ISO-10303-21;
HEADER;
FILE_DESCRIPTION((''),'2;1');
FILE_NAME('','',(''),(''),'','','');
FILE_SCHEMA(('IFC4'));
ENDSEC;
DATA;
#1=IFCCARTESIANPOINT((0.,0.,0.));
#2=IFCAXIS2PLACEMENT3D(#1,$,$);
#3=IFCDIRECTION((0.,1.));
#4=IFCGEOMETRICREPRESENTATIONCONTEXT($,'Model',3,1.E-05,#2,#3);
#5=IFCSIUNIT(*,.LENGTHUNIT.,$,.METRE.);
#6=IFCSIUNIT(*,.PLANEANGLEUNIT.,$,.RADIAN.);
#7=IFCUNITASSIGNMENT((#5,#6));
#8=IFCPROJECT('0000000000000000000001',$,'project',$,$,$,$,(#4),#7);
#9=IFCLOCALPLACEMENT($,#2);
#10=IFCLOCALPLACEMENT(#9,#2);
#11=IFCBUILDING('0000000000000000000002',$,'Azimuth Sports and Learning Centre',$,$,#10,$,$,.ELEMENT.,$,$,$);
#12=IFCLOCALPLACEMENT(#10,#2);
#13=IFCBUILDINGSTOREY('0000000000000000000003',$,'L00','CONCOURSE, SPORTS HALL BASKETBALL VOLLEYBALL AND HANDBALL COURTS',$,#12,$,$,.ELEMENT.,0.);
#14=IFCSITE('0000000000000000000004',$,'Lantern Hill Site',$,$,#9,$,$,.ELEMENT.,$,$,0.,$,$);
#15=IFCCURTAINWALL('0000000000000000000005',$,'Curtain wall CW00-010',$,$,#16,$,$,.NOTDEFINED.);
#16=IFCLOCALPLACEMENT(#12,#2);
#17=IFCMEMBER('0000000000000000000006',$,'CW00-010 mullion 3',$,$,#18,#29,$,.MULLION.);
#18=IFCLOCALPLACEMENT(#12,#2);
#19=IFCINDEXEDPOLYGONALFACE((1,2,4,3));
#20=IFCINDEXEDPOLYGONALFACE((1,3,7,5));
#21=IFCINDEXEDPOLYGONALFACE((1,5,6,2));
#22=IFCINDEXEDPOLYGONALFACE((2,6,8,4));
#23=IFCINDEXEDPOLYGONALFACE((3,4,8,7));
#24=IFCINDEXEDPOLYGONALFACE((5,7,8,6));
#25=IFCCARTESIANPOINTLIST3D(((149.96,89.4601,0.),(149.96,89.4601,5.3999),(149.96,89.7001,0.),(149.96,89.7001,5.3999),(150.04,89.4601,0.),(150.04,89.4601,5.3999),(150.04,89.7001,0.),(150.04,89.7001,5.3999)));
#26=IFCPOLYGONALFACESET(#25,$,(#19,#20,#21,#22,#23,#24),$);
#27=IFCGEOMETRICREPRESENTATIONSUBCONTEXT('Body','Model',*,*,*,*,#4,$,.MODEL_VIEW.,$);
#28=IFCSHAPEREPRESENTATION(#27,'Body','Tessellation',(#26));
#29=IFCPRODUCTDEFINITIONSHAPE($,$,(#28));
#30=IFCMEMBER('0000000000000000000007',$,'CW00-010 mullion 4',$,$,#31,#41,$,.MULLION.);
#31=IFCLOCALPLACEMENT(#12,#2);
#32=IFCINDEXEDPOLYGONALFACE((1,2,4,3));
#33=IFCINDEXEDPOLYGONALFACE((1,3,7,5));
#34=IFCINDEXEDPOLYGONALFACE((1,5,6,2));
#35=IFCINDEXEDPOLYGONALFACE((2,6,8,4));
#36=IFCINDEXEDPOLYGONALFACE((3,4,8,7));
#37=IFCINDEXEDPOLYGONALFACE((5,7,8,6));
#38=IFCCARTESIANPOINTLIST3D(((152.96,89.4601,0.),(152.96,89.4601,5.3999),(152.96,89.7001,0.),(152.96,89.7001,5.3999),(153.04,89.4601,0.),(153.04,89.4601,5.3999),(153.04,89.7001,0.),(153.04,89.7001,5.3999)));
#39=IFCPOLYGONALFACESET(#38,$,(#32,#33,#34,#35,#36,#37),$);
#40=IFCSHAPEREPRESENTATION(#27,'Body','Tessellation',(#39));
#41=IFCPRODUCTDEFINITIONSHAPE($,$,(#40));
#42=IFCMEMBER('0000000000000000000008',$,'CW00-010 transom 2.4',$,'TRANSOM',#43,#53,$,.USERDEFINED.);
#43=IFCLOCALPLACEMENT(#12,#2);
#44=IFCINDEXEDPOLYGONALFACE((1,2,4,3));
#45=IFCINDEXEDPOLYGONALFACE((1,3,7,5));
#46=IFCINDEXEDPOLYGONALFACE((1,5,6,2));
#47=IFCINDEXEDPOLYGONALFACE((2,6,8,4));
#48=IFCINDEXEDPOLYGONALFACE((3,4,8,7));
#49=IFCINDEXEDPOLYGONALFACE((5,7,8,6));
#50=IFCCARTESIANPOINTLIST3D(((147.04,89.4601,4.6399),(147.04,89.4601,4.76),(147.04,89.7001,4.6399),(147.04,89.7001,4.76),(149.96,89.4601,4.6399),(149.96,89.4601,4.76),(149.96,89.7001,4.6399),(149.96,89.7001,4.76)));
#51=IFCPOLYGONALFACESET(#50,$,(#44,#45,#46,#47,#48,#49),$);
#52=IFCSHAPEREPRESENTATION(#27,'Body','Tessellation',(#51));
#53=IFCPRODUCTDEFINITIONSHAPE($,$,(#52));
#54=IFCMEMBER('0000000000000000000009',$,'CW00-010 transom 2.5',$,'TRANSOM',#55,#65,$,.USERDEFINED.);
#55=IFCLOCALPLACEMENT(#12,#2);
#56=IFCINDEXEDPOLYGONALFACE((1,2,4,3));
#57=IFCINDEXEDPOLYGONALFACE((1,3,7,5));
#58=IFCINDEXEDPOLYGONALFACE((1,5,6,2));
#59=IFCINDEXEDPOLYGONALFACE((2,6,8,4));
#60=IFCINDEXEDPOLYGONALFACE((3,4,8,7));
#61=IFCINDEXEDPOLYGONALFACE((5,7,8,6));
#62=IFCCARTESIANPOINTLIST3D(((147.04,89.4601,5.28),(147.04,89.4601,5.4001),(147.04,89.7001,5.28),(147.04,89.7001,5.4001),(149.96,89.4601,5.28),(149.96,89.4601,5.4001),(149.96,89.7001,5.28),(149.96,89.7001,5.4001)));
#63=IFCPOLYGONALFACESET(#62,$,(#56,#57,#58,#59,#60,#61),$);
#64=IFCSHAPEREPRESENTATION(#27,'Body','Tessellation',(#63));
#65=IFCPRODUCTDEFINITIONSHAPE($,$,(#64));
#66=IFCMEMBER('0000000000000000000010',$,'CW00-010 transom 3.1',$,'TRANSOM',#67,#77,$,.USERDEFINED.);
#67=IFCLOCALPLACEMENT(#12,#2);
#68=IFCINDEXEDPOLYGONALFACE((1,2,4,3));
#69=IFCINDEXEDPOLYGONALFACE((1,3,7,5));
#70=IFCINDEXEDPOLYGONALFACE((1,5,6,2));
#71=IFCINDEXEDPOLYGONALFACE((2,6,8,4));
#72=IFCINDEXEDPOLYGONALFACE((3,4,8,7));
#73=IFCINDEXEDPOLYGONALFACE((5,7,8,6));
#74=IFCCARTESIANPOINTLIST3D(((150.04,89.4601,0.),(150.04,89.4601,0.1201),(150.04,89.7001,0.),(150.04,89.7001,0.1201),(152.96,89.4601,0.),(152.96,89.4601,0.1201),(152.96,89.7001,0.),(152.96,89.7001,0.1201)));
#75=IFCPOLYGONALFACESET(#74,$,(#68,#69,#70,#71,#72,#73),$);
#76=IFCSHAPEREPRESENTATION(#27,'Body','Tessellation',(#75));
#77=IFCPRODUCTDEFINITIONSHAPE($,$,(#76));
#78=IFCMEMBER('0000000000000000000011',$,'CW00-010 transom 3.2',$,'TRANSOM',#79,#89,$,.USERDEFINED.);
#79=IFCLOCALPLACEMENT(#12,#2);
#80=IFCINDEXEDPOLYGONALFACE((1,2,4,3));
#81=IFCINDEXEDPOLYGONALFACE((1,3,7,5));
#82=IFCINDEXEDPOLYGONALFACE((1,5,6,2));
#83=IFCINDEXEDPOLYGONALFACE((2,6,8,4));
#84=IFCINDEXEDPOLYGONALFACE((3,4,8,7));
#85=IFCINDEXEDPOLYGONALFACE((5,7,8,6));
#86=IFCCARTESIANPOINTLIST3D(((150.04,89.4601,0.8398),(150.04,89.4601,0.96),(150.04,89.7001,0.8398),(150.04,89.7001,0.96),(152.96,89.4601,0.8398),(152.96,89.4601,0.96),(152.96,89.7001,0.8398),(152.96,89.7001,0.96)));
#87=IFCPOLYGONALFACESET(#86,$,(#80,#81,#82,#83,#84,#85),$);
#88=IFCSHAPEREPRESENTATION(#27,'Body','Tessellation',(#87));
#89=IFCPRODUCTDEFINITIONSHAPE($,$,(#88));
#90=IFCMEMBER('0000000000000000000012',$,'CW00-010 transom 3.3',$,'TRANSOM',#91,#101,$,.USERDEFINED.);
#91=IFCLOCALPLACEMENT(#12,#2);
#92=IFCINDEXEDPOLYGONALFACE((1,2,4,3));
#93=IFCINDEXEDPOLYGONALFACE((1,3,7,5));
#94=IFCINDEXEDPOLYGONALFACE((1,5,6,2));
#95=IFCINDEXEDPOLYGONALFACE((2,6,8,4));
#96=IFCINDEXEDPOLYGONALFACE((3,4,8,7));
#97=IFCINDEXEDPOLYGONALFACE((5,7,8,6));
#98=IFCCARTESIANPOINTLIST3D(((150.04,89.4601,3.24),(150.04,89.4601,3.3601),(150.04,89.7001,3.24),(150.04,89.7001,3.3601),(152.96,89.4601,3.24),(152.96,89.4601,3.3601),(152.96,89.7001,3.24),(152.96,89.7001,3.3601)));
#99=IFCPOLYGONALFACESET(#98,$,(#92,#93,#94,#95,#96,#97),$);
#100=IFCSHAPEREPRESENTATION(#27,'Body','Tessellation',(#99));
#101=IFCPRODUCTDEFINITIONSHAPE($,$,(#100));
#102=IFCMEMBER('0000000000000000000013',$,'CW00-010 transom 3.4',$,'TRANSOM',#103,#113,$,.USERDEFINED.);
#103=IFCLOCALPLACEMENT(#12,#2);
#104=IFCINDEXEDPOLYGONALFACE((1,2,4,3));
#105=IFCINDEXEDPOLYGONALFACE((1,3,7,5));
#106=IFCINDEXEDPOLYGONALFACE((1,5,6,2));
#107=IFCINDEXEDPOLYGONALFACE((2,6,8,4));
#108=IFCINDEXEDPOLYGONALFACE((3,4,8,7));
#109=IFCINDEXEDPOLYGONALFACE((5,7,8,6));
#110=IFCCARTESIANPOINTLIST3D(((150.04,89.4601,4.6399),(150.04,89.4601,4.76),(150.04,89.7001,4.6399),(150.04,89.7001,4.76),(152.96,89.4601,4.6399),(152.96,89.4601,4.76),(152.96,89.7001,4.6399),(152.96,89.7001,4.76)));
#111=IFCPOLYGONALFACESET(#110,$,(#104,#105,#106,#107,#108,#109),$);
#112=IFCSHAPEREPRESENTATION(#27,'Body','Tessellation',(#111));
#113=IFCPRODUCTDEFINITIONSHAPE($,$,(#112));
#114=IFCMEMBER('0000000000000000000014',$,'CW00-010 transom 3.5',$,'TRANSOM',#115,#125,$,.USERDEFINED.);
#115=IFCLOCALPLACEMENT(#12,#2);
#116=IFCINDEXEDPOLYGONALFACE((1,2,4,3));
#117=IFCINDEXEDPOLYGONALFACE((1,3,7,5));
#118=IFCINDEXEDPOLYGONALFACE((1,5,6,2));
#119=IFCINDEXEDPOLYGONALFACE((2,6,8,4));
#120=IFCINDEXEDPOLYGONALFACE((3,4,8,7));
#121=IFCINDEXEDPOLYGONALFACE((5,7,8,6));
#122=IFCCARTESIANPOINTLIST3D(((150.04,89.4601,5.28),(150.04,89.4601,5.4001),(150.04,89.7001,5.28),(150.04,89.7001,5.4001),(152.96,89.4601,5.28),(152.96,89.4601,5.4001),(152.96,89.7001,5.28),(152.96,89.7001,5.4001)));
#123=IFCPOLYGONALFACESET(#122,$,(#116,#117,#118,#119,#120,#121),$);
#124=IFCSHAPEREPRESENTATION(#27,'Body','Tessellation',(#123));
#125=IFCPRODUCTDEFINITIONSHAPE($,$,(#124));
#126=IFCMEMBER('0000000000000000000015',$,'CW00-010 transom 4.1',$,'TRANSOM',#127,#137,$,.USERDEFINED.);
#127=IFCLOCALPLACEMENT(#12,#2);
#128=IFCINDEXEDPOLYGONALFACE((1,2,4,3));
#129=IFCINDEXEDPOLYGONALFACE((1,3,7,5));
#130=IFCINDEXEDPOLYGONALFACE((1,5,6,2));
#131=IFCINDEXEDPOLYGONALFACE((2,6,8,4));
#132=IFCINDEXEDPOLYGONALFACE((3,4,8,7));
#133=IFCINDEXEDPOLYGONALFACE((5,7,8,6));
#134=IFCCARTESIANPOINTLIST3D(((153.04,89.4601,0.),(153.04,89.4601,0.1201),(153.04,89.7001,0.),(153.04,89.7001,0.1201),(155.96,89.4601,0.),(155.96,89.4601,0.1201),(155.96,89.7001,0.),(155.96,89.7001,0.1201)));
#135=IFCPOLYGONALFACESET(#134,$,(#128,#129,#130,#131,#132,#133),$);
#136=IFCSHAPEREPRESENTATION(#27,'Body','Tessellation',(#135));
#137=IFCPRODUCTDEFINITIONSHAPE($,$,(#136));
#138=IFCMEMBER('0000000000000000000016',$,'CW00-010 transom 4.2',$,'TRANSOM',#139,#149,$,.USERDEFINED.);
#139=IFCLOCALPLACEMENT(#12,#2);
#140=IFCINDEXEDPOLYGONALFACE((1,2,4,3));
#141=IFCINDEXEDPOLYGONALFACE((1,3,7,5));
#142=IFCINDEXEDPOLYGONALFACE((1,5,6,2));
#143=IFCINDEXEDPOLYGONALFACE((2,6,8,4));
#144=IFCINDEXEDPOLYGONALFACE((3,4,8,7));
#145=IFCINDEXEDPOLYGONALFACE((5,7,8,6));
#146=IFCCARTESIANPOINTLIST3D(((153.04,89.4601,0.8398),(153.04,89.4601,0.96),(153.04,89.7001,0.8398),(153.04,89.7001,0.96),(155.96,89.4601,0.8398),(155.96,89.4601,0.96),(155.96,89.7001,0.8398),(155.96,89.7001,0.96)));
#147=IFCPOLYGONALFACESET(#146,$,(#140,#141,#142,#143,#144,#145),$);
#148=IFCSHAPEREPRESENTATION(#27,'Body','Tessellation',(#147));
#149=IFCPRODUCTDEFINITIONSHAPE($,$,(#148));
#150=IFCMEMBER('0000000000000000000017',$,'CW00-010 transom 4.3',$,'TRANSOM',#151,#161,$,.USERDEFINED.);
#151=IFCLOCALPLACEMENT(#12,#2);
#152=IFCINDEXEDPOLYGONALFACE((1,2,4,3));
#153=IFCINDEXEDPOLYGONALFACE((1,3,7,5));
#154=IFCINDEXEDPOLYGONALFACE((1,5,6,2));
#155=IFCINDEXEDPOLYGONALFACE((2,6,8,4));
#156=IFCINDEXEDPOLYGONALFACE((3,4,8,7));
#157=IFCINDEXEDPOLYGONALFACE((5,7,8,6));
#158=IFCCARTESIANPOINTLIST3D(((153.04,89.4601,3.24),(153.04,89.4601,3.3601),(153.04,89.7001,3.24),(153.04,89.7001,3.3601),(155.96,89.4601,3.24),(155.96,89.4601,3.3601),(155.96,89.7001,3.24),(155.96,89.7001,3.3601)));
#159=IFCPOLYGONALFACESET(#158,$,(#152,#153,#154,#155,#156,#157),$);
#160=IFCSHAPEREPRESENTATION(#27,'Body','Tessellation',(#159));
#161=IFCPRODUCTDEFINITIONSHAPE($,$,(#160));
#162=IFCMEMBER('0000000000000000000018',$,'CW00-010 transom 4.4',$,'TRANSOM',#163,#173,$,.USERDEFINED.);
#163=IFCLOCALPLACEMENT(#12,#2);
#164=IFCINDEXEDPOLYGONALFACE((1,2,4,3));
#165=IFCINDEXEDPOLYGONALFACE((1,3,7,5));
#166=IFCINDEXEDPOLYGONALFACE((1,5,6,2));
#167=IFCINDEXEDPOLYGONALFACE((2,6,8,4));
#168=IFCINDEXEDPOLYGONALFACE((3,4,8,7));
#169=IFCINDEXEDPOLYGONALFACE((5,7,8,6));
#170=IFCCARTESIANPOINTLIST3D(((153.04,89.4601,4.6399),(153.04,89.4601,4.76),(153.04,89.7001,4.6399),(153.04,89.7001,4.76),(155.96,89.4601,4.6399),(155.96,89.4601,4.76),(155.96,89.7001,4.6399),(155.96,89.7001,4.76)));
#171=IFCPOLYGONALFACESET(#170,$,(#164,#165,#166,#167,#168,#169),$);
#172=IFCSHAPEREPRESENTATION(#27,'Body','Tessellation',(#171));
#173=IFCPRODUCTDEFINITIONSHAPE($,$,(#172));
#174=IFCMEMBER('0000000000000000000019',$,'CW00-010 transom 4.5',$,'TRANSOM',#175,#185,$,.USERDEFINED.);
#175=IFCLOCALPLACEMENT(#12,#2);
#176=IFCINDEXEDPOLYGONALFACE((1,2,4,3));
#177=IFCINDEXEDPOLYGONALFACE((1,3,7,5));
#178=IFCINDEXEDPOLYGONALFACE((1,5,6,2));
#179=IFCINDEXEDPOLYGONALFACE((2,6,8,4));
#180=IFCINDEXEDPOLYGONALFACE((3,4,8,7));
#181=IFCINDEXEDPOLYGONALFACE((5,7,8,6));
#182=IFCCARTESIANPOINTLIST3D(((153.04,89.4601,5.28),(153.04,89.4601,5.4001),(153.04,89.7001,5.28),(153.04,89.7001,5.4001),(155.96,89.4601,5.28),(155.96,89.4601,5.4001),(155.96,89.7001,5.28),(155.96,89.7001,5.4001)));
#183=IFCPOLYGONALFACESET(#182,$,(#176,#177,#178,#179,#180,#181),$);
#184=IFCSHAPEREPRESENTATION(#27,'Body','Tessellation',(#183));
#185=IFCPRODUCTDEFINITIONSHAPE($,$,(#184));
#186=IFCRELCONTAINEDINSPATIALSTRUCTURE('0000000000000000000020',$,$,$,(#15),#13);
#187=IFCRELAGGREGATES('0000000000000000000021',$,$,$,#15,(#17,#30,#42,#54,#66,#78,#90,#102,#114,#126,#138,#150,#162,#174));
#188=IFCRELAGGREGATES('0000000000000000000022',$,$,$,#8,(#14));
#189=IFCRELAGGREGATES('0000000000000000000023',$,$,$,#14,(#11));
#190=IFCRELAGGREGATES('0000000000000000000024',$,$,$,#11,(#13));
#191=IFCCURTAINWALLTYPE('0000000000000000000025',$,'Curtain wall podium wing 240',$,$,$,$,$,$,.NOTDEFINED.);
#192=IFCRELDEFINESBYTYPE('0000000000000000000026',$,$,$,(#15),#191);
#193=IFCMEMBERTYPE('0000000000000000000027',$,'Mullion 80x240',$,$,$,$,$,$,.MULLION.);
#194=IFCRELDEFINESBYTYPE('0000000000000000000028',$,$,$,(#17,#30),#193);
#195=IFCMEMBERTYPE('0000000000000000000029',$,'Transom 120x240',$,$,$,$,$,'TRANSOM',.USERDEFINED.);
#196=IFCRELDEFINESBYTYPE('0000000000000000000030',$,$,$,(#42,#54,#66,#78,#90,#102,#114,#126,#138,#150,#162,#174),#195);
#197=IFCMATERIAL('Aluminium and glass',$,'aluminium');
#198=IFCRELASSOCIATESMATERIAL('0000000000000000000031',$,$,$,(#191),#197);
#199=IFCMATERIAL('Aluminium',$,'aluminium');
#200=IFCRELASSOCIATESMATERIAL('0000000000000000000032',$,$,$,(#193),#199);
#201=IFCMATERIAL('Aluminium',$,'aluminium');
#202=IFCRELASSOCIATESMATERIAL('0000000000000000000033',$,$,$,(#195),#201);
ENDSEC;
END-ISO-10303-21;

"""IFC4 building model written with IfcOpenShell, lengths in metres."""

from ifc_helpers import new_model, si_unit, direction, frame, origin, origin_2d, place, context, subcontext, project, spatial, rectangle, extrude, material, material_profile, profile_set, type_object, element, aggregate, save


model = new_model("IFC4")

# Units and contexts
model_context = context("Model", 3, precision=1e-05, world=origin(), true_north=direction((0.0, 1.0)))
body_context = subcontext(model_context, "Body", "Model", "MODEL_VIEW")
ifc_project = project(units=[si_unit("LENGTHUNIT", "METRE"), si_unit("PLANEANGLEUNIT", "RADIAN")], contexts=[model_context])

# Site, building, storey
site_placement = place(None, origin())
site = spatial("IfcSite", under=ifc_project, at=site_placement, Name="Lantern Hill Site", CompositionType="ELEMENT", RefElevation=0.0)
building_placement = place(site_placement, origin())
building = spatial("IfcBuilding", under=site, at=building_placement, Name="Azimuth Sports and Learning Centre", CompositionType="ELEMENT")
storey_placement = place(building_placement, origin())
storey = spatial("IfcBuildingStorey", under=building, at=storey_placement, Name="L00", Description="CONCOURSE, SPORTS HALL BASKETBALL VOLLEYBALL AND HANDBALL COURTS", CompositionType="ELEMENT", Elevation=0.0)

# Curtain wall, members
ifc_material_1 = material(Name="Aluminium and glass", Category="aluminium")
curtain_wall_type = type_object("IfcCurtainWallType", Name="Curtain wall podium wing 240", PredefinedType="NOTDEFINED", material=ifc_material_1)
curtain_wall_placement = place(storey_placement, origin())
curtain_wall = element("IfcCurtainWall", 1, at=curtain_wall_placement, inside=storey, type_object=curtain_wall_type, Name="Curtain wall CW00-010", PredefinedType="NOTDEFINED")
ifc_material_2 = material(Name="Aluminium", Category="aluminium")
ifc_material_profile_1 = material_profile(ifc_material_2, rectangle(XDim=0.24, YDim=0.0801, at=origin_2d()), Name="Mullion 80x240")
ifc_profile_set_1 = profile_set([ifc_material_profile_1], Name="Aluminium")
member_type_1 = type_object("IfcMemberType", Name="Mullion 80x240", PredefinedType="MULLION", material=ifc_profile_set_1)
member_1_placement = place(storey_placement, frame((150.0, 89.5801, 0.0), z_axis=(0.0, 0.0, 1.0), x_axis=(0.0, 1.0, 0.0)))
member_1 = element("IfcMember", 2, at=member_1_placement, type_object=member_type_1, Name="CW00-010 mullion 3", PredefinedType="MULLION", context=body_context, shape_type="SweptSolid", body=[
    extrude(rectangle(XDim=0.24, YDim=0.0801, at=origin_2d()), origin(), (0.0, 0.0, 1.0), 5.3999),
])
member_2_placement = place(storey_placement, frame((153.0, 89.5801, 0.0), z_axis=(0.0, 0.0, 1.0), x_axis=(0.0, 1.0, 0.0)))
member_2 = element("IfcMember", 3, at=member_2_placement, type_object=member_type_1, Name="CW00-010 mullion 4", PredefinedType="MULLION", context=body_context, shape_type="SweptSolid", body=[
    extrude(rectangle(XDim=0.24, YDim=0.0801, at=origin_2d()), origin(), (0.0, 0.0, 1.0), 5.3999),
])
ifc_material_3 = material(Name="Aluminium", Category="aluminium")
ifc_material_profile_2 = material_profile(ifc_material_3, rectangle(XDim=0.24, YDim=0.1201, at=origin_2d()), Name="Transom 120x240")
ifc_profile_set_2 = profile_set([ifc_material_profile_2], Name="Aluminium")
member_type_2 = type_object("IfcMemberType", Name="Transom 120x240", ElementType="TRANSOM", PredefinedType="USERDEFINED", material=ifc_profile_set_2)
member_3_placement = place(storey_placement, frame((147.04, 89.5801, 4.7), z_axis=(1.0, 0.0, 0.0), x_axis=(0.0, 1.0, 0.0)))
member_3 = element("IfcMember", 4, at=member_3_placement, type_object=member_type_2, Name="CW00-010 transom 2.4", ObjectType="TRANSOM", PredefinedType="USERDEFINED", context=body_context, shape_type="SweptSolid", body=[
    extrude(rectangle(XDim=0.24, YDim=0.1201, at=origin_2d()), origin(), (0.0, 0.0, 1.0), 2.9199),
])
member_4_placement = place(storey_placement, frame((147.04, 89.5801, 5.3401), z_axis=(1.0, 0.0, 0.0), x_axis=(0.0, 1.0, 0.0)))
member_4 = element("IfcMember", 5, at=member_4_placement, type_object=member_type_2, Name="CW00-010 transom 2.5", ObjectType="TRANSOM", PredefinedType="USERDEFINED", context=body_context, shape_type="SweptSolid", body=[
    extrude(rectangle(XDim=0.24, YDim=0.1201, at=origin_2d()), origin(), (0.0, 0.0, 1.0), 2.9199),
])
member_5_placement = place(storey_placement, frame((150.04, 89.5801, 0.0601), z_axis=(1.0, 0.0, 0.0), x_axis=(0.0, 1.0, 0.0)))
member_5 = element("IfcMember", 6, at=member_5_placement, type_object=member_type_2, Name="CW00-010 transom 3.1", ObjectType="TRANSOM", PredefinedType="USERDEFINED", context=body_context, shape_type="SweptSolid", body=[
    extrude(rectangle(XDim=0.24, YDim=0.1201, at=origin_2d()), origin(), (0.0, 0.0, 1.0), 2.9199),
])
member_6_placement = place(storey_placement, frame((150.04, 89.5801, 0.8999), z_axis=(1.0, 0.0, 0.0), x_axis=(0.0, 1.0, 0.0)))
member_6 = element("IfcMember", 7, at=member_6_placement, type_object=member_type_2, Name="CW00-010 transom 3.2", ObjectType="TRANSOM", PredefinedType="USERDEFINED", context=body_context, shape_type="SweptSolid", body=[
    extrude(rectangle(XDim=0.24, YDim=0.1201, at=origin_2d()), origin(), (0.0, 0.0, 1.0), 2.9199),
])
member_7_placement = place(storey_placement, frame((150.04, 89.5801, 3.3), z_axis=(1.0, 0.0, 0.0), x_axis=(0.0, 1.0, 0.0)))
member_7 = element("IfcMember", 8, at=member_7_placement, type_object=member_type_2, Name="CW00-010 transom 3.3", ObjectType="TRANSOM", PredefinedType="USERDEFINED", context=body_context, shape_type="SweptSolid", body=[
    extrude(rectangle(XDim=0.24, YDim=0.1201, at=origin_2d()), origin(), (0.0, 0.0, 1.0), 2.9199),
])
member_8_placement = place(storey_placement, frame((150.04, 89.5801, 4.7), z_axis=(1.0, 0.0, 0.0), x_axis=(0.0, 1.0, 0.0)))
member_8 = element("IfcMember", 9, at=member_8_placement, type_object=member_type_2, Name="CW00-010 transom 3.4", ObjectType="TRANSOM", PredefinedType="USERDEFINED", context=body_context, shape_type="SweptSolid", body=[
    extrude(rectangle(XDim=0.24, YDim=0.1201, at=origin_2d()), origin(), (0.0, 0.0, 1.0), 2.9199),
])
member_9_placement = place(storey_placement, frame((150.04, 89.5801, 5.3401), z_axis=(1.0, 0.0, 0.0), x_axis=(0.0, 1.0, 0.0)))
member_9 = element("IfcMember", 10, at=member_9_placement, type_object=member_type_2, Name="CW00-010 transom 3.5", ObjectType="TRANSOM", PredefinedType="USERDEFINED", context=body_context, shape_type="SweptSolid", body=[
    extrude(rectangle(XDim=0.24, YDim=0.1201, at=origin_2d()), origin(), (0.0, 0.0, 1.0), 2.9199),
])
member_10_placement = place(storey_placement, frame((153.04, 89.5801, 0.0601), z_axis=(1.0, 0.0, 0.0), x_axis=(0.0, 1.0, 0.0)))
member_10 = element("IfcMember", 11, at=member_10_placement, type_object=member_type_2, Name="CW00-010 transom 4.1", ObjectType="TRANSOM", PredefinedType="USERDEFINED", context=body_context, shape_type="SweptSolid", body=[
    extrude(rectangle(XDim=0.24, YDim=0.1201, at=origin_2d()), origin(), (0.0, 0.0, 1.0), 2.9199),
])
member_11_placement = place(storey_placement, frame((153.04, 89.5801, 0.8999), z_axis=(1.0, 0.0, 0.0), x_axis=(0.0, 1.0, 0.0)))
member_11 = element("IfcMember", 12, at=member_11_placement, type_object=member_type_2, Name="CW00-010 transom 4.2", ObjectType="TRANSOM", PredefinedType="USERDEFINED", context=body_context, shape_type="SweptSolid", body=[
    extrude(rectangle(XDim=0.24, YDim=0.1201, at=origin_2d()), origin(), (0.0, 0.0, 1.0), 2.9199),
])
member_12_placement = place(storey_placement, frame((153.04, 89.5801, 3.3), z_axis=(1.0, 0.0, 0.0), x_axis=(0.0, 1.0, 0.0)))
member_12 = element("IfcMember", 13, at=member_12_placement, type_object=member_type_2, Name="CW00-010 transom 4.3", ObjectType="TRANSOM", PredefinedType="USERDEFINED", context=body_context, shape_type="SweptSolid", body=[
    extrude(rectangle(XDim=0.24, YDim=0.1201, at=origin_2d()), origin(), (0.0, 0.0, 1.0), 2.9199),
])
member_13_placement = place(storey_placement, frame((153.04, 89.5801, 4.7), z_axis=(1.0, 0.0, 0.0), x_axis=(0.0, 1.0, 0.0)))
member_13 = element("IfcMember", 14, at=member_13_placement, type_object=member_type_2, Name="CW00-010 transom 4.4", ObjectType="TRANSOM", PredefinedType="USERDEFINED", context=body_context, shape_type="SweptSolid", body=[
    extrude(rectangle(XDim=0.24, YDim=0.1201, at=origin_2d()), origin(), (0.0, 0.0, 1.0), 2.9199),
])
member_14_placement = place(storey_placement, frame((153.04, 89.5801, 5.3401), z_axis=(1.0, 0.0, 0.0), x_axis=(0.0, 1.0, 0.0)))
member_14 = element("IfcMember", 15, at=member_14_placement, type_object=member_type_2, Name="CW00-010 transom 4.5", ObjectType="TRANSOM", PredefinedType="USERDEFINED", context=body_context, shape_type="SweptSolid", body=[
    extrude(rectangle(XDim=0.24, YDim=0.1201, at=origin_2d()), origin(), (0.0, 0.0, 1.0), 2.9199),
])
aggregate(curtain_wall, [member_1, member_2, member_3, member_4, member_5, member_6, member_7, member_8, member_9, member_10, member_11, member_12, member_13, member_14])

save(model, "model.ifc")
